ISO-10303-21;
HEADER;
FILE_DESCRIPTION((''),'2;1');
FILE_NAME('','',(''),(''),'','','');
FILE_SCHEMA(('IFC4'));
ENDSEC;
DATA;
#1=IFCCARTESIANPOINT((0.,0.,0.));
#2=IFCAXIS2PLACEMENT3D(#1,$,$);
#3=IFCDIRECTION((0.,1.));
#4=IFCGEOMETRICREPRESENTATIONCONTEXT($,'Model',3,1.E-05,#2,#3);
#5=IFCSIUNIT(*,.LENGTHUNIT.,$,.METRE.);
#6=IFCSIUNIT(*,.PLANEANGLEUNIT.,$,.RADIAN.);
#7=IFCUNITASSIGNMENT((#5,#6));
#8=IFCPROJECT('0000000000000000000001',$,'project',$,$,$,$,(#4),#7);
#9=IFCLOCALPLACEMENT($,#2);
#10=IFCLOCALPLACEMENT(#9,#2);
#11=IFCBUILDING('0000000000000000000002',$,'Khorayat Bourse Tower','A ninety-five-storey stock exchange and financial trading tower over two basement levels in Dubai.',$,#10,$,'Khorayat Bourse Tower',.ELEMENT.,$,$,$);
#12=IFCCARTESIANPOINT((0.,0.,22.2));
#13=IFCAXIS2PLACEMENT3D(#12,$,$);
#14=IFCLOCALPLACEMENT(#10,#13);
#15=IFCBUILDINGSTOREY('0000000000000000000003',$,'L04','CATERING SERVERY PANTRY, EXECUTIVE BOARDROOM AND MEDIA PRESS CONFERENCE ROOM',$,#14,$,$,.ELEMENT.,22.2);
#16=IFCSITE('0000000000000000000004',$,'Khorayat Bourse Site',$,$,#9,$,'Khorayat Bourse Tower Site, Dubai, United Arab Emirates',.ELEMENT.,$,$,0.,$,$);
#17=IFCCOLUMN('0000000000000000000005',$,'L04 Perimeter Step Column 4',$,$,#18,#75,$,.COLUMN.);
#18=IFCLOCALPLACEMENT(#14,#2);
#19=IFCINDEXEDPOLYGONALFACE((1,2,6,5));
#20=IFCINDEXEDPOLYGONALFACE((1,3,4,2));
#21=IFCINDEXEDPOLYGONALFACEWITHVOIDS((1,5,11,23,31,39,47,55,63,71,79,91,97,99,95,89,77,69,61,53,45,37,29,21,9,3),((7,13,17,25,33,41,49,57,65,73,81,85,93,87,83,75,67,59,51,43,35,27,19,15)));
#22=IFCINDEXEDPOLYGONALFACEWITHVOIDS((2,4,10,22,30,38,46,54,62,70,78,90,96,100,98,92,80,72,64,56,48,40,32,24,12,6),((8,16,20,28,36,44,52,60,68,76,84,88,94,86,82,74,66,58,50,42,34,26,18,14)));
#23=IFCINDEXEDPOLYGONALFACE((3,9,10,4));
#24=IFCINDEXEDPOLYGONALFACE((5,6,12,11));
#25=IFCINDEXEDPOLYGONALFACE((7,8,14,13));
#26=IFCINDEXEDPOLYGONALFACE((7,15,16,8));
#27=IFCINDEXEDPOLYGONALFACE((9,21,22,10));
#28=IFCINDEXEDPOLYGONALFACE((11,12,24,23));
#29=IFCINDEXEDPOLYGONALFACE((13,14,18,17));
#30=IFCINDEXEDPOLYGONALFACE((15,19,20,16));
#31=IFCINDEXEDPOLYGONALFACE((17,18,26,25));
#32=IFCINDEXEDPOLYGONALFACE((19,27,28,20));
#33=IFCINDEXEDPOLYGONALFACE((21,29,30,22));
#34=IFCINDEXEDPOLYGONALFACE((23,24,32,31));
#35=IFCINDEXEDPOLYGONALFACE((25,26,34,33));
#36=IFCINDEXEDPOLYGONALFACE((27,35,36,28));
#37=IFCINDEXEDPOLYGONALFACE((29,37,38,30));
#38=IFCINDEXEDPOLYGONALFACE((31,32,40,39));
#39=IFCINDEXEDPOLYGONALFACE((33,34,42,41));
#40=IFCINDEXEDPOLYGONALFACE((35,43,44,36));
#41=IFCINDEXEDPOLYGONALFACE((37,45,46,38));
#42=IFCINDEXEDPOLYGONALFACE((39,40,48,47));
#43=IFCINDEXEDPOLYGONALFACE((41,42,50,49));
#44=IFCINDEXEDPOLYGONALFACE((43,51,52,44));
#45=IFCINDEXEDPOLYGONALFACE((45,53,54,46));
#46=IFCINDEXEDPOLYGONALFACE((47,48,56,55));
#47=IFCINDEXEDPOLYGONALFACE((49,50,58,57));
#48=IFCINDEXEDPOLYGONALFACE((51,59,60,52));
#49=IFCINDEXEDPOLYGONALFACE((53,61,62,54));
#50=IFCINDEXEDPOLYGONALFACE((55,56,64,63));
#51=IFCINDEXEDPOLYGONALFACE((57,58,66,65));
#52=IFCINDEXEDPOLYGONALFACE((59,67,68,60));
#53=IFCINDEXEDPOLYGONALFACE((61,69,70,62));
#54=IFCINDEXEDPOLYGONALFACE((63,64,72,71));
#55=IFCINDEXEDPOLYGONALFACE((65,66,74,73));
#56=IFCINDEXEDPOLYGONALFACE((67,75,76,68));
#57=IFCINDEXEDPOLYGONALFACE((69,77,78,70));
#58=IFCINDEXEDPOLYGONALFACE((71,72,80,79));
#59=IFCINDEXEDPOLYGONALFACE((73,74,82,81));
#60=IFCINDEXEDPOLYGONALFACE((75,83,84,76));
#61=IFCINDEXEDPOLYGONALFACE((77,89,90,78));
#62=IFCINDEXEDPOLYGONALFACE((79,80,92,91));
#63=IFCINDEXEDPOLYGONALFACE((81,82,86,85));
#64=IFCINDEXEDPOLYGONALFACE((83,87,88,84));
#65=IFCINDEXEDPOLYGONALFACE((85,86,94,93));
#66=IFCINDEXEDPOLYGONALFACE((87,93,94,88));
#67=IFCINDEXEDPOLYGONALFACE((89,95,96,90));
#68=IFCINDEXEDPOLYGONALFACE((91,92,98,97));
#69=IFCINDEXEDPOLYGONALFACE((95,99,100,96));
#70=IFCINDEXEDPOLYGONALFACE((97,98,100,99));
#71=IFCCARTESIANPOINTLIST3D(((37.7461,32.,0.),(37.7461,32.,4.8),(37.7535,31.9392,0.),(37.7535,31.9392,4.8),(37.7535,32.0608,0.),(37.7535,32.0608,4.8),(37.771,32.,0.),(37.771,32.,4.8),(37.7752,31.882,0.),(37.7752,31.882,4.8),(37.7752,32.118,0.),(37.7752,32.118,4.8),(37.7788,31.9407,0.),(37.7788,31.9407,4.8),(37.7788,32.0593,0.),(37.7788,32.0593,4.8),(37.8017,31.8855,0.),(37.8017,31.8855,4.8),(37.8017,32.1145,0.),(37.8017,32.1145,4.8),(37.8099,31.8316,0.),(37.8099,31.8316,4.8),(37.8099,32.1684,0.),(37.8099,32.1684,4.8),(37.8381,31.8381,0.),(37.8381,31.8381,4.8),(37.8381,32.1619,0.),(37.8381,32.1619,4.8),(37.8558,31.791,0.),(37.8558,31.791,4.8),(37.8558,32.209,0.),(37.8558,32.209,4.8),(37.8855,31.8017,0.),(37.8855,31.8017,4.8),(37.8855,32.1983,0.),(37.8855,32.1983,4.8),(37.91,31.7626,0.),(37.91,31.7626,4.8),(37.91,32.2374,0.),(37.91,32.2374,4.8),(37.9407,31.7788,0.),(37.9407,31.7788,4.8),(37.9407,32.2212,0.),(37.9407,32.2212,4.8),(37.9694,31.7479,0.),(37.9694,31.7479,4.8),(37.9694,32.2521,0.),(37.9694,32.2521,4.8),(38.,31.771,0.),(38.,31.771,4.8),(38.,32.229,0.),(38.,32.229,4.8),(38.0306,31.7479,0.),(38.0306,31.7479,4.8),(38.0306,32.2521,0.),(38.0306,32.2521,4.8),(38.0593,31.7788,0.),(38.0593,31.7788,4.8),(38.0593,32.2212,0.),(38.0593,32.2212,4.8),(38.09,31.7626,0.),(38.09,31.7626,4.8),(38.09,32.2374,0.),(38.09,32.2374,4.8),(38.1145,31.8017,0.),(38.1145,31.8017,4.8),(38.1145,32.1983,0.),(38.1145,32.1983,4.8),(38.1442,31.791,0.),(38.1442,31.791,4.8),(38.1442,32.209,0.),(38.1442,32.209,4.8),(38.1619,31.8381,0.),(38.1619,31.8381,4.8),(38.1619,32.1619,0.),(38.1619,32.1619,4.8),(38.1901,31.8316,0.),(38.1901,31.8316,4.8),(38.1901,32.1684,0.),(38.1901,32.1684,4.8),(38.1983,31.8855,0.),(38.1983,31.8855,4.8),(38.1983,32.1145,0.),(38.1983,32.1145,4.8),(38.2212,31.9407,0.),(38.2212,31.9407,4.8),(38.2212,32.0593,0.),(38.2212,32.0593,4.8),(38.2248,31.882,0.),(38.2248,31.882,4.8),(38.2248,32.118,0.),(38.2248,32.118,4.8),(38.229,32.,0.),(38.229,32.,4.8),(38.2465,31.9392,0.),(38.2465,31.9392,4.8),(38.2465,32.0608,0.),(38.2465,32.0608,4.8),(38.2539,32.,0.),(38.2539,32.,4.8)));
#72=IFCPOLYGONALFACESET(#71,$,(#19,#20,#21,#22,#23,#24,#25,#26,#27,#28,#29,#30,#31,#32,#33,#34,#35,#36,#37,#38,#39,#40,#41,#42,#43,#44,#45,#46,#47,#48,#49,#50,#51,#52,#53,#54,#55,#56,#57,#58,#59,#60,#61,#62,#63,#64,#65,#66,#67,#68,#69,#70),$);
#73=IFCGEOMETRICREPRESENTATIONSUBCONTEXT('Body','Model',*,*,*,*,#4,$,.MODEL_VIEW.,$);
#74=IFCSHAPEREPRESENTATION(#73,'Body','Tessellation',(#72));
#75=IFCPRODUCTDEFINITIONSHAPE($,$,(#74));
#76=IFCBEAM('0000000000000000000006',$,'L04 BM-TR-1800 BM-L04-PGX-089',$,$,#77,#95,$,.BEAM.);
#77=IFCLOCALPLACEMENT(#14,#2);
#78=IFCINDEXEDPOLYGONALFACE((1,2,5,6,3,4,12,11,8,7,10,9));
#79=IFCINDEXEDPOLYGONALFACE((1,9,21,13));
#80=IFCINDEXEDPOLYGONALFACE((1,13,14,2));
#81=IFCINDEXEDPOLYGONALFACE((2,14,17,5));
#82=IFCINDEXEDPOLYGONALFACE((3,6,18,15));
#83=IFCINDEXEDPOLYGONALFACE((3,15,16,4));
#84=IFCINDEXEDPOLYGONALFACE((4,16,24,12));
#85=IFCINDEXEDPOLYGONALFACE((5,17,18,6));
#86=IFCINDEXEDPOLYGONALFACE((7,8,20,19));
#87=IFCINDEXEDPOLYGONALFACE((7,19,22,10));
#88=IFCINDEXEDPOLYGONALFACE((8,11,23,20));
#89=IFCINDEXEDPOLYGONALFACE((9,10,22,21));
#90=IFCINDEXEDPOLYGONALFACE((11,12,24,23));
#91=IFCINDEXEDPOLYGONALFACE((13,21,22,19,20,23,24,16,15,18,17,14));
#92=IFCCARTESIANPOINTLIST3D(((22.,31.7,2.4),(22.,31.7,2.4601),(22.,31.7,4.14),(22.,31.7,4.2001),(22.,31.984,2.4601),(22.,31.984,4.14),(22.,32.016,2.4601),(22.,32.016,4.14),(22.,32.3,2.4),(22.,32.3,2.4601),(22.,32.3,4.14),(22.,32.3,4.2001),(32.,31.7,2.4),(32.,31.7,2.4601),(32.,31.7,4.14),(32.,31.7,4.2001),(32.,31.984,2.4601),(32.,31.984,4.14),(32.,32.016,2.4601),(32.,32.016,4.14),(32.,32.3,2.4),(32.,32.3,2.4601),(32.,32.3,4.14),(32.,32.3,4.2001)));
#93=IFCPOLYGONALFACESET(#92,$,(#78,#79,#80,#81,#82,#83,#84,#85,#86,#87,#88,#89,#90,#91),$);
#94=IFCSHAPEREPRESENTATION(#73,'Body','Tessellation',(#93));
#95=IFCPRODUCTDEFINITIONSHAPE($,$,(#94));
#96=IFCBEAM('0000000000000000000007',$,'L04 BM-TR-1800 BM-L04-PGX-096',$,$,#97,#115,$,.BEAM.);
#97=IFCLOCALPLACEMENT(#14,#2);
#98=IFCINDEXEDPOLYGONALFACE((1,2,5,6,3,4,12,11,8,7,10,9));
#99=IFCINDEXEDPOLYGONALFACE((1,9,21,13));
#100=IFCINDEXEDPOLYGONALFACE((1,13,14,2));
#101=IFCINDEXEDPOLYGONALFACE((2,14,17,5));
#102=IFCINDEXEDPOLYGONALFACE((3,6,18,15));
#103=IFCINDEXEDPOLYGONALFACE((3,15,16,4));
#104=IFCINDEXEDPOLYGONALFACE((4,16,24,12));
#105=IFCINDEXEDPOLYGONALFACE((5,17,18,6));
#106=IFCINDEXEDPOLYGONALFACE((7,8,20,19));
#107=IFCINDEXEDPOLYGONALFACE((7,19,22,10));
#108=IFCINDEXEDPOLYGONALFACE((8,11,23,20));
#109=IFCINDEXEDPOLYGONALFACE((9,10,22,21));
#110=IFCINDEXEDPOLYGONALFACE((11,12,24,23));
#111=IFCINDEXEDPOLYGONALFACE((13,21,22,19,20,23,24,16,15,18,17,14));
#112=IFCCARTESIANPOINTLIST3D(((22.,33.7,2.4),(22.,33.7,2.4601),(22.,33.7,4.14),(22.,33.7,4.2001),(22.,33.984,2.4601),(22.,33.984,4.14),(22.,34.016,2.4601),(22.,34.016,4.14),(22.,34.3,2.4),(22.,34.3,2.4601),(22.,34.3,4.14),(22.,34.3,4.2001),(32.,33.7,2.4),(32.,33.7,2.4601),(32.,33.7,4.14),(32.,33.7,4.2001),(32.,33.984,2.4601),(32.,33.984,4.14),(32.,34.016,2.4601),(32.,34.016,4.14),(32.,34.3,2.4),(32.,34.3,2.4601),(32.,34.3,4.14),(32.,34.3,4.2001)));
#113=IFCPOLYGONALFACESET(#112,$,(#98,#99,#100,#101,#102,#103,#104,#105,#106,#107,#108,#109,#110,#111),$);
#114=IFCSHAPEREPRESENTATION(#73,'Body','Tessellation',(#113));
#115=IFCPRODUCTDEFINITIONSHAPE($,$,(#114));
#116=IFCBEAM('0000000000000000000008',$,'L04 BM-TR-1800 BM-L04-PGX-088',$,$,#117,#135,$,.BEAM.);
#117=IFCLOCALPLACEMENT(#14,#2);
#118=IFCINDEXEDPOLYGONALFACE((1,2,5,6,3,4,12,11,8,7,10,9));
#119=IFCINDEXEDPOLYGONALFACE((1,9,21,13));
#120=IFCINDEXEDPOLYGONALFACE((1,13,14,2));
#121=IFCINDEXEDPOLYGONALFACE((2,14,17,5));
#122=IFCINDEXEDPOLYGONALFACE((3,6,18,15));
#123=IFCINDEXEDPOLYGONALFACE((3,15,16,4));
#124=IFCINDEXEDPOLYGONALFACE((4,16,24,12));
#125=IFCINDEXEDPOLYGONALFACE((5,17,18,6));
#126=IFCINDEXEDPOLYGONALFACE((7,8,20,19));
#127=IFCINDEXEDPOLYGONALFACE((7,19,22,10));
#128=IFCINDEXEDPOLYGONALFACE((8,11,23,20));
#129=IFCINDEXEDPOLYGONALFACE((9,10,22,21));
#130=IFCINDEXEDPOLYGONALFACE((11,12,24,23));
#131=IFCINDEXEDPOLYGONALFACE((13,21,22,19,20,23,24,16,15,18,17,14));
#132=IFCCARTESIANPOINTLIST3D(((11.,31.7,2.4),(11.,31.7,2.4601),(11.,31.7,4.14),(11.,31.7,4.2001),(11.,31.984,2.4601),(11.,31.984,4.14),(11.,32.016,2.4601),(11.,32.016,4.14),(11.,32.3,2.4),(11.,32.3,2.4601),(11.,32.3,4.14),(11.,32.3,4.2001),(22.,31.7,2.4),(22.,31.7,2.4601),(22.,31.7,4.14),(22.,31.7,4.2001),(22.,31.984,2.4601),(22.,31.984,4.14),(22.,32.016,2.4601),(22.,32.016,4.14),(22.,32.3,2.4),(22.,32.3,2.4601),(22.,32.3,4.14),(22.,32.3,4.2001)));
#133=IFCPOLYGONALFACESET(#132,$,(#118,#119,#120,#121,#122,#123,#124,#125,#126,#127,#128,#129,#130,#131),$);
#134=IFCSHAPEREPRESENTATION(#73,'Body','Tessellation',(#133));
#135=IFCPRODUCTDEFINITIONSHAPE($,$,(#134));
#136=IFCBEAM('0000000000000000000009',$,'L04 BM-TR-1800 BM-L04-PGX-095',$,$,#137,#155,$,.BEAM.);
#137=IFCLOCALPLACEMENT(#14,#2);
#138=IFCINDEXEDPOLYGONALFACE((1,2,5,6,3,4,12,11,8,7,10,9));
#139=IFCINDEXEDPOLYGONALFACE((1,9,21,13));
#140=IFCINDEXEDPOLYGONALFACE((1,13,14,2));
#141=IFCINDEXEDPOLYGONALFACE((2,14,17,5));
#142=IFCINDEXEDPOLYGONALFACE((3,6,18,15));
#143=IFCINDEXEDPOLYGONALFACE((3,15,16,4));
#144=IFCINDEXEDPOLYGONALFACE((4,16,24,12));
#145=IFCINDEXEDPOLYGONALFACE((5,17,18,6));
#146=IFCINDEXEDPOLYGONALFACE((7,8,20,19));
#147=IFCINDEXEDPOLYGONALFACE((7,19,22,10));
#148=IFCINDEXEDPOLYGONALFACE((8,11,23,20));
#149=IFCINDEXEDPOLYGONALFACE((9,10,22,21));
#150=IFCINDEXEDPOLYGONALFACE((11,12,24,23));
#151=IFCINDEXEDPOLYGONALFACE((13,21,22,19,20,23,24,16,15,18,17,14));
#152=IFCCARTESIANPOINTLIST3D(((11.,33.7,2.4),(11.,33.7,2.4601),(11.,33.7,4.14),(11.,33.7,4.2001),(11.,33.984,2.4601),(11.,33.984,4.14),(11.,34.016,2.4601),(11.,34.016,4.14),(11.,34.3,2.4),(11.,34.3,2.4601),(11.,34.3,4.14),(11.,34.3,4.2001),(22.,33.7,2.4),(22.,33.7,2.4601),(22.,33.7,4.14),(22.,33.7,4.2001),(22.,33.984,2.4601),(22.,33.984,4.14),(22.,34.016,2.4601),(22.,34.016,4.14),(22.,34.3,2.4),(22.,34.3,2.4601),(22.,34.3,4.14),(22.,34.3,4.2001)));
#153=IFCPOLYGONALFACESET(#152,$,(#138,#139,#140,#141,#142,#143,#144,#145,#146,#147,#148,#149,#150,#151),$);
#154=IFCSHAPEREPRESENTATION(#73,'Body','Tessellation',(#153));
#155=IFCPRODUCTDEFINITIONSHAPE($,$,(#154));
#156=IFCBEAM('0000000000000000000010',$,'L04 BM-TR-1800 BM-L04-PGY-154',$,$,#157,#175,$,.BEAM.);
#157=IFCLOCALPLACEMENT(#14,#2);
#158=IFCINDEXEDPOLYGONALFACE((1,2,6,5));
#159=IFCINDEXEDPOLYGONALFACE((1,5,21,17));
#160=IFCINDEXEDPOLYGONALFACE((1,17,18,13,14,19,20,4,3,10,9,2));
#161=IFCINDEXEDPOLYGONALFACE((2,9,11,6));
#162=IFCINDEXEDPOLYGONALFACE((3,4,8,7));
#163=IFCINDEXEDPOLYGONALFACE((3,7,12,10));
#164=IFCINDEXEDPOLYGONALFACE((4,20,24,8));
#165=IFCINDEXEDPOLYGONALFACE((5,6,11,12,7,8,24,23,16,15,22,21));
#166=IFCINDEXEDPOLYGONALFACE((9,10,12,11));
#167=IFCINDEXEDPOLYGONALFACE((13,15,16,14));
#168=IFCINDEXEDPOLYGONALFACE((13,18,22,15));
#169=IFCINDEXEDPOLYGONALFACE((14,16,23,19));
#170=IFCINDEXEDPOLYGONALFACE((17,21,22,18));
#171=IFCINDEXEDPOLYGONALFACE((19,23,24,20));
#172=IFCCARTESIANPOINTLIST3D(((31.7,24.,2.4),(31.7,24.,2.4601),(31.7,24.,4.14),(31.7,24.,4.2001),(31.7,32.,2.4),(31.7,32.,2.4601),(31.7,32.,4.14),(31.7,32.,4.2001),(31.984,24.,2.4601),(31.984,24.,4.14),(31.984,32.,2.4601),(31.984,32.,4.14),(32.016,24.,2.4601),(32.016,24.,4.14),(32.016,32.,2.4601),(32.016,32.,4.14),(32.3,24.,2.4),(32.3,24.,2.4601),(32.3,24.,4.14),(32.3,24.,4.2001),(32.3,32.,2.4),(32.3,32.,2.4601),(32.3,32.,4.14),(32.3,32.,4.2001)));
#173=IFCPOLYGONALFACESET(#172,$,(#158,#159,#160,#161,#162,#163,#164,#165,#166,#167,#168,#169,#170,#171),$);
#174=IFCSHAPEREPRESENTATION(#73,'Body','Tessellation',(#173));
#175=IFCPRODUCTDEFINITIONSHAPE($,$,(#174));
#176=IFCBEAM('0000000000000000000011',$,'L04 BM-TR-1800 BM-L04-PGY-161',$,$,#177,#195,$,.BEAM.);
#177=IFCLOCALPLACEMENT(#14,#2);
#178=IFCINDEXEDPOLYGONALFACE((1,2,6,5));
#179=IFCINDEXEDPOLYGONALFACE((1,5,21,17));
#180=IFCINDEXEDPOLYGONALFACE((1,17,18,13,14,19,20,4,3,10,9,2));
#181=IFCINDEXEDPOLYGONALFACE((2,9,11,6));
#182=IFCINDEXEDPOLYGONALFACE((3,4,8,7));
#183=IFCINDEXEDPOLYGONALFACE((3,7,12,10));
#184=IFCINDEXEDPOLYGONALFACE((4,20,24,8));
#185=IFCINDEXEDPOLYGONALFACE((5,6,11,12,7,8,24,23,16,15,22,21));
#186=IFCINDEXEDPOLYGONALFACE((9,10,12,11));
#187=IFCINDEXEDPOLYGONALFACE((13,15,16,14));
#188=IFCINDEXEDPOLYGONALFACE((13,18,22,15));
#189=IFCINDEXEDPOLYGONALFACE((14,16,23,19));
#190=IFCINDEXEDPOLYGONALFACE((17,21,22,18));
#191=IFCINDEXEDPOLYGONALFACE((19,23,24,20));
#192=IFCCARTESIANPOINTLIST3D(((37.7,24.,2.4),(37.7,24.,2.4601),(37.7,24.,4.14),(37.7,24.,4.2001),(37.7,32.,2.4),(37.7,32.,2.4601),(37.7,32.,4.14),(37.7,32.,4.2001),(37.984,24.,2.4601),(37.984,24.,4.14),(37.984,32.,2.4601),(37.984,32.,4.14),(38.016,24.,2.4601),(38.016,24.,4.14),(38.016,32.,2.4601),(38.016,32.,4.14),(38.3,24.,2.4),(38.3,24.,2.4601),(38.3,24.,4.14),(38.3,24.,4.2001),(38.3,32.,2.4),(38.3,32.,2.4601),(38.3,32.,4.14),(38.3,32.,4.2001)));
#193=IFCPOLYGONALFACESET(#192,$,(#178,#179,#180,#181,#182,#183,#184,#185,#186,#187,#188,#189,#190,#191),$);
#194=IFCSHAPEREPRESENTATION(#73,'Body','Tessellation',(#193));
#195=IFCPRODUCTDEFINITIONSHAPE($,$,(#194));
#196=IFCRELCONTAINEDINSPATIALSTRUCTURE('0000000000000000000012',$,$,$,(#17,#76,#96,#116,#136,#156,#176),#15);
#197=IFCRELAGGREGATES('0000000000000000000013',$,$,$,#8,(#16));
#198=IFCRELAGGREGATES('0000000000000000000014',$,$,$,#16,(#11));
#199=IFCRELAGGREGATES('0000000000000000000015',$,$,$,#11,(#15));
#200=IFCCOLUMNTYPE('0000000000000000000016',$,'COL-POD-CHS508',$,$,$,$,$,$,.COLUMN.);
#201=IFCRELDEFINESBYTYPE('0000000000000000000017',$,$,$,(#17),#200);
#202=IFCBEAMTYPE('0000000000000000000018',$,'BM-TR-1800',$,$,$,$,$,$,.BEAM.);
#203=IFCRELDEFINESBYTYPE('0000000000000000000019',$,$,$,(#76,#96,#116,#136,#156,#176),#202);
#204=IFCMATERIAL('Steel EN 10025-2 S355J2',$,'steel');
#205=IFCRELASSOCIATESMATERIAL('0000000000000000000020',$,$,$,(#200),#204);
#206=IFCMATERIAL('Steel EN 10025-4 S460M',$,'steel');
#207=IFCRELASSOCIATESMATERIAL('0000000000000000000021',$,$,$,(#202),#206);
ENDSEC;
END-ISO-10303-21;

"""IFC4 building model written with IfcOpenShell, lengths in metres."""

from ifc_helpers import new_model, si_unit, direction, frame, origin, origin_2d, place, context, subcontext, project, spatial, hollow_circle, i_section, extrude, source, transform, mapped, material, material_profile, profile_set, type_object, element, save


model = new_model("IFC4")

# Units and contexts
model_context = context("Model", 3, precision=1e-05, world=origin(), true_north=direction((0.0, 1.0)))
body_context = subcontext(model_context, "Body", "Model", "MODEL_VIEW")
ifc_project = project(units=[si_unit("LENGTHUNIT", "METRE"), si_unit("PLANEANGLEUNIT", "RADIAN")], contexts=[model_context])

# Site, building, storey
site_placement = place(None, origin())
site = spatial("IfcSite", under=ifc_project, at=site_placement, Name="Khorayat Bourse Site", LongName="Khorayat Bourse Tower Site, Dubai, United Arab Emirates", CompositionType="ELEMENT", RefElevation=0.0)
building_placement = place(site_placement, origin())
building = spatial("IfcBuilding", under=site, at=building_placement, Name="Khorayat Bourse Tower", Description="A ninety-five-storey stock exchange and financial trading tower over two basement levels in Dubai.", LongName="Khorayat Bourse Tower", CompositionType="ELEMENT")
storey_placement = place(building_placement, frame((0.0, 0.0, 22.2)))
storey = spatial("IfcBuildingStorey", under=building, at=storey_placement, Name="L04", Description="CATERING SERVERY PANTRY, EXECUTIVE BOARDROOM AND MEDIA PRESS CONFERENCE ROOM", CompositionType="ELEMENT", Elevation=22.2)

# Column
ifc_material_1 = material(Name="Steel EN 10025-2 S355J2", Category="steel")
ifc_material_profile_1 = material_profile(ifc_material_1, hollow_circle(Radius=0.2539, WallThickness=0.0249, at=origin_2d()), Name="CHS 508x25")
ifc_profile_set_1 = profile_set([ifc_material_profile_1], Name="Steel EN 10025-2 S355J2")
column_type_1 = type_object("IfcColumnType", Name="COL-POD-CHS508", PredefinedType="COLUMN", material=ifc_profile_set_1)
shared_shape_1 = source(origin(), body_context, "Body", "SweptSolid", [
    extrude(hollow_circle(Radius=0.2539, WallThickness=0.0249, at=origin_2d()), origin(), (0.0, 0.0, 1.0), 4.8),
])
for number, where, z_axis, x_axis, name in (
    (1, (38.0, 32.0, 0.0), (0.0, 0.0, 1.0), (1.0, 0.0, 0.0), "L04 Perimeter Step Column 4"),
):
    element("IfcColumn", number, at=place(storey_placement, frame(where, z_axis=z_axis, x_axis=x_axis)), inside=storey, type_object=column_type_1, Name=name, PredefinedType="COLUMN", context=body_context, shape_type="MappedRepresentation", body=[
        mapped(shared_shape_1, transform((0.0, 0.0, 0.0), scale=1.0)),
    ])

# Beams
ifc_material_2 = material(Name="Steel EN 10025-4 S460M", Category="steel")
ifc_material_profile_2 = material_profile(ifc_material_2, i_section(OverallWidth=0.6001, OverallDepth=1.8, WebThickness=0.032, FlangeThickness=0.0601, at=origin_2d()), Name="PG 1800x600x32x60")
ifc_profile_set_2 = profile_set([ifc_material_profile_2], Name="Steel EN 10025-4 S460M")
beam_type_1 = type_object("IfcBeamType", Name="BM-TR-1800", PredefinedType="BEAM", material=ifc_profile_set_2)
shared_shape_2 = source(origin(), body_context, "Body", "SweptSolid", [
    extrude(i_section(OverallWidth=0.6001, OverallDepth=1.8, WebThickness=0.032, FlangeThickness=0.0601, at=origin_2d()), origin(), (0.0, 0.0, 1.0), 10.0),
])
for number, where, z_axis, x_axis, name in (
    (2, (22.0, 32.0, 3.3), (1.0, 0.0, 0.0), (0.0, 1.0, 0.0), "L04 BM-TR-1800 BM-L04-PGX-089"),
    (3, (22.0, 34.0, 3.3), (1.0, 0.0, 0.0), (0.0, 1.0, 0.0), "L04 BM-TR-1800 BM-L04-PGX-096"),
):
    element("IfcBeam", number, at=place(storey_placement, frame(where, z_axis=z_axis, x_axis=x_axis)), inside=storey, type_object=beam_type_1, Name=name, PredefinedType="BEAM", context=body_context, shape_type="MappedRepresentation", body=[
        mapped(shared_shape_2, transform((0.0, 0.0, 0.0), scale=1.0)),
    ])
shared_shape_3 = source(origin(), body_context, "Body", "SweptSolid", [
    extrude(i_section(OverallWidth=0.6001, OverallDepth=1.8, WebThickness=0.032, FlangeThickness=0.0601, at=origin_2d()), origin(), (0.0, 0.0, 1.0), 11.0),
])
for number, where, z_axis, x_axis, name in (
    (4, (11.0, 32.0, 3.3), (1.0, 0.0, 0.0), (0.0, 1.0, 0.0), "L04 BM-TR-1800 BM-L04-PGX-088"),
    (5, (11.0, 34.0, 3.3), (1.0, 0.0, 0.0), (0.0, 1.0, 0.0), "L04 BM-TR-1800 BM-L04-PGX-095"),
):
    element("IfcBeam", number, at=place(storey_placement, frame(where, z_axis=z_axis, x_axis=x_axis)), inside=storey, type_object=beam_type_1, Name=name, PredefinedType="BEAM", context=body_context, shape_type="MappedRepresentation", body=[
        mapped(shared_shape_3, transform((0.0, 0.0, 0.0), scale=1.0)),
    ])
shared_shape_4 = source(origin(), body_context, "Body", "SweptSolid", [
    extrude(i_section(OverallWidth=0.6001, OverallDepth=1.8, WebThickness=0.032, FlangeThickness=0.0601, at=origin_2d()), origin(), (0.0, 0.0, 1.0), 8.0),
])
for number, where, z_axis, x_axis, name in (
    (6, (32.0, 24.0, 3.3), (0.0, 1.0, 0.0), (-1.0, 0.0, 0.0), "L04 BM-TR-1800 BM-L04-PGY-154"),
    (7, (38.0, 24.0, 3.3), (0.0, 1.0, 0.0), (-1.0, 0.0, 0.0), "L04 BM-TR-1800 BM-L04-PGY-161"),
):
    element("IfcBeam", number, at=place(storey_placement, frame(where, z_axis=z_axis, x_axis=x_axis)), inside=storey, type_object=beam_type_1, Name=name, PredefinedType="BEAM", context=body_context, shape_type="MappedRepresentation", body=[
        mapped(shared_shape_4, transform((0.0, 0.0, 0.0), scale=1.0)),
    ])

save(model, "model.ifc")
